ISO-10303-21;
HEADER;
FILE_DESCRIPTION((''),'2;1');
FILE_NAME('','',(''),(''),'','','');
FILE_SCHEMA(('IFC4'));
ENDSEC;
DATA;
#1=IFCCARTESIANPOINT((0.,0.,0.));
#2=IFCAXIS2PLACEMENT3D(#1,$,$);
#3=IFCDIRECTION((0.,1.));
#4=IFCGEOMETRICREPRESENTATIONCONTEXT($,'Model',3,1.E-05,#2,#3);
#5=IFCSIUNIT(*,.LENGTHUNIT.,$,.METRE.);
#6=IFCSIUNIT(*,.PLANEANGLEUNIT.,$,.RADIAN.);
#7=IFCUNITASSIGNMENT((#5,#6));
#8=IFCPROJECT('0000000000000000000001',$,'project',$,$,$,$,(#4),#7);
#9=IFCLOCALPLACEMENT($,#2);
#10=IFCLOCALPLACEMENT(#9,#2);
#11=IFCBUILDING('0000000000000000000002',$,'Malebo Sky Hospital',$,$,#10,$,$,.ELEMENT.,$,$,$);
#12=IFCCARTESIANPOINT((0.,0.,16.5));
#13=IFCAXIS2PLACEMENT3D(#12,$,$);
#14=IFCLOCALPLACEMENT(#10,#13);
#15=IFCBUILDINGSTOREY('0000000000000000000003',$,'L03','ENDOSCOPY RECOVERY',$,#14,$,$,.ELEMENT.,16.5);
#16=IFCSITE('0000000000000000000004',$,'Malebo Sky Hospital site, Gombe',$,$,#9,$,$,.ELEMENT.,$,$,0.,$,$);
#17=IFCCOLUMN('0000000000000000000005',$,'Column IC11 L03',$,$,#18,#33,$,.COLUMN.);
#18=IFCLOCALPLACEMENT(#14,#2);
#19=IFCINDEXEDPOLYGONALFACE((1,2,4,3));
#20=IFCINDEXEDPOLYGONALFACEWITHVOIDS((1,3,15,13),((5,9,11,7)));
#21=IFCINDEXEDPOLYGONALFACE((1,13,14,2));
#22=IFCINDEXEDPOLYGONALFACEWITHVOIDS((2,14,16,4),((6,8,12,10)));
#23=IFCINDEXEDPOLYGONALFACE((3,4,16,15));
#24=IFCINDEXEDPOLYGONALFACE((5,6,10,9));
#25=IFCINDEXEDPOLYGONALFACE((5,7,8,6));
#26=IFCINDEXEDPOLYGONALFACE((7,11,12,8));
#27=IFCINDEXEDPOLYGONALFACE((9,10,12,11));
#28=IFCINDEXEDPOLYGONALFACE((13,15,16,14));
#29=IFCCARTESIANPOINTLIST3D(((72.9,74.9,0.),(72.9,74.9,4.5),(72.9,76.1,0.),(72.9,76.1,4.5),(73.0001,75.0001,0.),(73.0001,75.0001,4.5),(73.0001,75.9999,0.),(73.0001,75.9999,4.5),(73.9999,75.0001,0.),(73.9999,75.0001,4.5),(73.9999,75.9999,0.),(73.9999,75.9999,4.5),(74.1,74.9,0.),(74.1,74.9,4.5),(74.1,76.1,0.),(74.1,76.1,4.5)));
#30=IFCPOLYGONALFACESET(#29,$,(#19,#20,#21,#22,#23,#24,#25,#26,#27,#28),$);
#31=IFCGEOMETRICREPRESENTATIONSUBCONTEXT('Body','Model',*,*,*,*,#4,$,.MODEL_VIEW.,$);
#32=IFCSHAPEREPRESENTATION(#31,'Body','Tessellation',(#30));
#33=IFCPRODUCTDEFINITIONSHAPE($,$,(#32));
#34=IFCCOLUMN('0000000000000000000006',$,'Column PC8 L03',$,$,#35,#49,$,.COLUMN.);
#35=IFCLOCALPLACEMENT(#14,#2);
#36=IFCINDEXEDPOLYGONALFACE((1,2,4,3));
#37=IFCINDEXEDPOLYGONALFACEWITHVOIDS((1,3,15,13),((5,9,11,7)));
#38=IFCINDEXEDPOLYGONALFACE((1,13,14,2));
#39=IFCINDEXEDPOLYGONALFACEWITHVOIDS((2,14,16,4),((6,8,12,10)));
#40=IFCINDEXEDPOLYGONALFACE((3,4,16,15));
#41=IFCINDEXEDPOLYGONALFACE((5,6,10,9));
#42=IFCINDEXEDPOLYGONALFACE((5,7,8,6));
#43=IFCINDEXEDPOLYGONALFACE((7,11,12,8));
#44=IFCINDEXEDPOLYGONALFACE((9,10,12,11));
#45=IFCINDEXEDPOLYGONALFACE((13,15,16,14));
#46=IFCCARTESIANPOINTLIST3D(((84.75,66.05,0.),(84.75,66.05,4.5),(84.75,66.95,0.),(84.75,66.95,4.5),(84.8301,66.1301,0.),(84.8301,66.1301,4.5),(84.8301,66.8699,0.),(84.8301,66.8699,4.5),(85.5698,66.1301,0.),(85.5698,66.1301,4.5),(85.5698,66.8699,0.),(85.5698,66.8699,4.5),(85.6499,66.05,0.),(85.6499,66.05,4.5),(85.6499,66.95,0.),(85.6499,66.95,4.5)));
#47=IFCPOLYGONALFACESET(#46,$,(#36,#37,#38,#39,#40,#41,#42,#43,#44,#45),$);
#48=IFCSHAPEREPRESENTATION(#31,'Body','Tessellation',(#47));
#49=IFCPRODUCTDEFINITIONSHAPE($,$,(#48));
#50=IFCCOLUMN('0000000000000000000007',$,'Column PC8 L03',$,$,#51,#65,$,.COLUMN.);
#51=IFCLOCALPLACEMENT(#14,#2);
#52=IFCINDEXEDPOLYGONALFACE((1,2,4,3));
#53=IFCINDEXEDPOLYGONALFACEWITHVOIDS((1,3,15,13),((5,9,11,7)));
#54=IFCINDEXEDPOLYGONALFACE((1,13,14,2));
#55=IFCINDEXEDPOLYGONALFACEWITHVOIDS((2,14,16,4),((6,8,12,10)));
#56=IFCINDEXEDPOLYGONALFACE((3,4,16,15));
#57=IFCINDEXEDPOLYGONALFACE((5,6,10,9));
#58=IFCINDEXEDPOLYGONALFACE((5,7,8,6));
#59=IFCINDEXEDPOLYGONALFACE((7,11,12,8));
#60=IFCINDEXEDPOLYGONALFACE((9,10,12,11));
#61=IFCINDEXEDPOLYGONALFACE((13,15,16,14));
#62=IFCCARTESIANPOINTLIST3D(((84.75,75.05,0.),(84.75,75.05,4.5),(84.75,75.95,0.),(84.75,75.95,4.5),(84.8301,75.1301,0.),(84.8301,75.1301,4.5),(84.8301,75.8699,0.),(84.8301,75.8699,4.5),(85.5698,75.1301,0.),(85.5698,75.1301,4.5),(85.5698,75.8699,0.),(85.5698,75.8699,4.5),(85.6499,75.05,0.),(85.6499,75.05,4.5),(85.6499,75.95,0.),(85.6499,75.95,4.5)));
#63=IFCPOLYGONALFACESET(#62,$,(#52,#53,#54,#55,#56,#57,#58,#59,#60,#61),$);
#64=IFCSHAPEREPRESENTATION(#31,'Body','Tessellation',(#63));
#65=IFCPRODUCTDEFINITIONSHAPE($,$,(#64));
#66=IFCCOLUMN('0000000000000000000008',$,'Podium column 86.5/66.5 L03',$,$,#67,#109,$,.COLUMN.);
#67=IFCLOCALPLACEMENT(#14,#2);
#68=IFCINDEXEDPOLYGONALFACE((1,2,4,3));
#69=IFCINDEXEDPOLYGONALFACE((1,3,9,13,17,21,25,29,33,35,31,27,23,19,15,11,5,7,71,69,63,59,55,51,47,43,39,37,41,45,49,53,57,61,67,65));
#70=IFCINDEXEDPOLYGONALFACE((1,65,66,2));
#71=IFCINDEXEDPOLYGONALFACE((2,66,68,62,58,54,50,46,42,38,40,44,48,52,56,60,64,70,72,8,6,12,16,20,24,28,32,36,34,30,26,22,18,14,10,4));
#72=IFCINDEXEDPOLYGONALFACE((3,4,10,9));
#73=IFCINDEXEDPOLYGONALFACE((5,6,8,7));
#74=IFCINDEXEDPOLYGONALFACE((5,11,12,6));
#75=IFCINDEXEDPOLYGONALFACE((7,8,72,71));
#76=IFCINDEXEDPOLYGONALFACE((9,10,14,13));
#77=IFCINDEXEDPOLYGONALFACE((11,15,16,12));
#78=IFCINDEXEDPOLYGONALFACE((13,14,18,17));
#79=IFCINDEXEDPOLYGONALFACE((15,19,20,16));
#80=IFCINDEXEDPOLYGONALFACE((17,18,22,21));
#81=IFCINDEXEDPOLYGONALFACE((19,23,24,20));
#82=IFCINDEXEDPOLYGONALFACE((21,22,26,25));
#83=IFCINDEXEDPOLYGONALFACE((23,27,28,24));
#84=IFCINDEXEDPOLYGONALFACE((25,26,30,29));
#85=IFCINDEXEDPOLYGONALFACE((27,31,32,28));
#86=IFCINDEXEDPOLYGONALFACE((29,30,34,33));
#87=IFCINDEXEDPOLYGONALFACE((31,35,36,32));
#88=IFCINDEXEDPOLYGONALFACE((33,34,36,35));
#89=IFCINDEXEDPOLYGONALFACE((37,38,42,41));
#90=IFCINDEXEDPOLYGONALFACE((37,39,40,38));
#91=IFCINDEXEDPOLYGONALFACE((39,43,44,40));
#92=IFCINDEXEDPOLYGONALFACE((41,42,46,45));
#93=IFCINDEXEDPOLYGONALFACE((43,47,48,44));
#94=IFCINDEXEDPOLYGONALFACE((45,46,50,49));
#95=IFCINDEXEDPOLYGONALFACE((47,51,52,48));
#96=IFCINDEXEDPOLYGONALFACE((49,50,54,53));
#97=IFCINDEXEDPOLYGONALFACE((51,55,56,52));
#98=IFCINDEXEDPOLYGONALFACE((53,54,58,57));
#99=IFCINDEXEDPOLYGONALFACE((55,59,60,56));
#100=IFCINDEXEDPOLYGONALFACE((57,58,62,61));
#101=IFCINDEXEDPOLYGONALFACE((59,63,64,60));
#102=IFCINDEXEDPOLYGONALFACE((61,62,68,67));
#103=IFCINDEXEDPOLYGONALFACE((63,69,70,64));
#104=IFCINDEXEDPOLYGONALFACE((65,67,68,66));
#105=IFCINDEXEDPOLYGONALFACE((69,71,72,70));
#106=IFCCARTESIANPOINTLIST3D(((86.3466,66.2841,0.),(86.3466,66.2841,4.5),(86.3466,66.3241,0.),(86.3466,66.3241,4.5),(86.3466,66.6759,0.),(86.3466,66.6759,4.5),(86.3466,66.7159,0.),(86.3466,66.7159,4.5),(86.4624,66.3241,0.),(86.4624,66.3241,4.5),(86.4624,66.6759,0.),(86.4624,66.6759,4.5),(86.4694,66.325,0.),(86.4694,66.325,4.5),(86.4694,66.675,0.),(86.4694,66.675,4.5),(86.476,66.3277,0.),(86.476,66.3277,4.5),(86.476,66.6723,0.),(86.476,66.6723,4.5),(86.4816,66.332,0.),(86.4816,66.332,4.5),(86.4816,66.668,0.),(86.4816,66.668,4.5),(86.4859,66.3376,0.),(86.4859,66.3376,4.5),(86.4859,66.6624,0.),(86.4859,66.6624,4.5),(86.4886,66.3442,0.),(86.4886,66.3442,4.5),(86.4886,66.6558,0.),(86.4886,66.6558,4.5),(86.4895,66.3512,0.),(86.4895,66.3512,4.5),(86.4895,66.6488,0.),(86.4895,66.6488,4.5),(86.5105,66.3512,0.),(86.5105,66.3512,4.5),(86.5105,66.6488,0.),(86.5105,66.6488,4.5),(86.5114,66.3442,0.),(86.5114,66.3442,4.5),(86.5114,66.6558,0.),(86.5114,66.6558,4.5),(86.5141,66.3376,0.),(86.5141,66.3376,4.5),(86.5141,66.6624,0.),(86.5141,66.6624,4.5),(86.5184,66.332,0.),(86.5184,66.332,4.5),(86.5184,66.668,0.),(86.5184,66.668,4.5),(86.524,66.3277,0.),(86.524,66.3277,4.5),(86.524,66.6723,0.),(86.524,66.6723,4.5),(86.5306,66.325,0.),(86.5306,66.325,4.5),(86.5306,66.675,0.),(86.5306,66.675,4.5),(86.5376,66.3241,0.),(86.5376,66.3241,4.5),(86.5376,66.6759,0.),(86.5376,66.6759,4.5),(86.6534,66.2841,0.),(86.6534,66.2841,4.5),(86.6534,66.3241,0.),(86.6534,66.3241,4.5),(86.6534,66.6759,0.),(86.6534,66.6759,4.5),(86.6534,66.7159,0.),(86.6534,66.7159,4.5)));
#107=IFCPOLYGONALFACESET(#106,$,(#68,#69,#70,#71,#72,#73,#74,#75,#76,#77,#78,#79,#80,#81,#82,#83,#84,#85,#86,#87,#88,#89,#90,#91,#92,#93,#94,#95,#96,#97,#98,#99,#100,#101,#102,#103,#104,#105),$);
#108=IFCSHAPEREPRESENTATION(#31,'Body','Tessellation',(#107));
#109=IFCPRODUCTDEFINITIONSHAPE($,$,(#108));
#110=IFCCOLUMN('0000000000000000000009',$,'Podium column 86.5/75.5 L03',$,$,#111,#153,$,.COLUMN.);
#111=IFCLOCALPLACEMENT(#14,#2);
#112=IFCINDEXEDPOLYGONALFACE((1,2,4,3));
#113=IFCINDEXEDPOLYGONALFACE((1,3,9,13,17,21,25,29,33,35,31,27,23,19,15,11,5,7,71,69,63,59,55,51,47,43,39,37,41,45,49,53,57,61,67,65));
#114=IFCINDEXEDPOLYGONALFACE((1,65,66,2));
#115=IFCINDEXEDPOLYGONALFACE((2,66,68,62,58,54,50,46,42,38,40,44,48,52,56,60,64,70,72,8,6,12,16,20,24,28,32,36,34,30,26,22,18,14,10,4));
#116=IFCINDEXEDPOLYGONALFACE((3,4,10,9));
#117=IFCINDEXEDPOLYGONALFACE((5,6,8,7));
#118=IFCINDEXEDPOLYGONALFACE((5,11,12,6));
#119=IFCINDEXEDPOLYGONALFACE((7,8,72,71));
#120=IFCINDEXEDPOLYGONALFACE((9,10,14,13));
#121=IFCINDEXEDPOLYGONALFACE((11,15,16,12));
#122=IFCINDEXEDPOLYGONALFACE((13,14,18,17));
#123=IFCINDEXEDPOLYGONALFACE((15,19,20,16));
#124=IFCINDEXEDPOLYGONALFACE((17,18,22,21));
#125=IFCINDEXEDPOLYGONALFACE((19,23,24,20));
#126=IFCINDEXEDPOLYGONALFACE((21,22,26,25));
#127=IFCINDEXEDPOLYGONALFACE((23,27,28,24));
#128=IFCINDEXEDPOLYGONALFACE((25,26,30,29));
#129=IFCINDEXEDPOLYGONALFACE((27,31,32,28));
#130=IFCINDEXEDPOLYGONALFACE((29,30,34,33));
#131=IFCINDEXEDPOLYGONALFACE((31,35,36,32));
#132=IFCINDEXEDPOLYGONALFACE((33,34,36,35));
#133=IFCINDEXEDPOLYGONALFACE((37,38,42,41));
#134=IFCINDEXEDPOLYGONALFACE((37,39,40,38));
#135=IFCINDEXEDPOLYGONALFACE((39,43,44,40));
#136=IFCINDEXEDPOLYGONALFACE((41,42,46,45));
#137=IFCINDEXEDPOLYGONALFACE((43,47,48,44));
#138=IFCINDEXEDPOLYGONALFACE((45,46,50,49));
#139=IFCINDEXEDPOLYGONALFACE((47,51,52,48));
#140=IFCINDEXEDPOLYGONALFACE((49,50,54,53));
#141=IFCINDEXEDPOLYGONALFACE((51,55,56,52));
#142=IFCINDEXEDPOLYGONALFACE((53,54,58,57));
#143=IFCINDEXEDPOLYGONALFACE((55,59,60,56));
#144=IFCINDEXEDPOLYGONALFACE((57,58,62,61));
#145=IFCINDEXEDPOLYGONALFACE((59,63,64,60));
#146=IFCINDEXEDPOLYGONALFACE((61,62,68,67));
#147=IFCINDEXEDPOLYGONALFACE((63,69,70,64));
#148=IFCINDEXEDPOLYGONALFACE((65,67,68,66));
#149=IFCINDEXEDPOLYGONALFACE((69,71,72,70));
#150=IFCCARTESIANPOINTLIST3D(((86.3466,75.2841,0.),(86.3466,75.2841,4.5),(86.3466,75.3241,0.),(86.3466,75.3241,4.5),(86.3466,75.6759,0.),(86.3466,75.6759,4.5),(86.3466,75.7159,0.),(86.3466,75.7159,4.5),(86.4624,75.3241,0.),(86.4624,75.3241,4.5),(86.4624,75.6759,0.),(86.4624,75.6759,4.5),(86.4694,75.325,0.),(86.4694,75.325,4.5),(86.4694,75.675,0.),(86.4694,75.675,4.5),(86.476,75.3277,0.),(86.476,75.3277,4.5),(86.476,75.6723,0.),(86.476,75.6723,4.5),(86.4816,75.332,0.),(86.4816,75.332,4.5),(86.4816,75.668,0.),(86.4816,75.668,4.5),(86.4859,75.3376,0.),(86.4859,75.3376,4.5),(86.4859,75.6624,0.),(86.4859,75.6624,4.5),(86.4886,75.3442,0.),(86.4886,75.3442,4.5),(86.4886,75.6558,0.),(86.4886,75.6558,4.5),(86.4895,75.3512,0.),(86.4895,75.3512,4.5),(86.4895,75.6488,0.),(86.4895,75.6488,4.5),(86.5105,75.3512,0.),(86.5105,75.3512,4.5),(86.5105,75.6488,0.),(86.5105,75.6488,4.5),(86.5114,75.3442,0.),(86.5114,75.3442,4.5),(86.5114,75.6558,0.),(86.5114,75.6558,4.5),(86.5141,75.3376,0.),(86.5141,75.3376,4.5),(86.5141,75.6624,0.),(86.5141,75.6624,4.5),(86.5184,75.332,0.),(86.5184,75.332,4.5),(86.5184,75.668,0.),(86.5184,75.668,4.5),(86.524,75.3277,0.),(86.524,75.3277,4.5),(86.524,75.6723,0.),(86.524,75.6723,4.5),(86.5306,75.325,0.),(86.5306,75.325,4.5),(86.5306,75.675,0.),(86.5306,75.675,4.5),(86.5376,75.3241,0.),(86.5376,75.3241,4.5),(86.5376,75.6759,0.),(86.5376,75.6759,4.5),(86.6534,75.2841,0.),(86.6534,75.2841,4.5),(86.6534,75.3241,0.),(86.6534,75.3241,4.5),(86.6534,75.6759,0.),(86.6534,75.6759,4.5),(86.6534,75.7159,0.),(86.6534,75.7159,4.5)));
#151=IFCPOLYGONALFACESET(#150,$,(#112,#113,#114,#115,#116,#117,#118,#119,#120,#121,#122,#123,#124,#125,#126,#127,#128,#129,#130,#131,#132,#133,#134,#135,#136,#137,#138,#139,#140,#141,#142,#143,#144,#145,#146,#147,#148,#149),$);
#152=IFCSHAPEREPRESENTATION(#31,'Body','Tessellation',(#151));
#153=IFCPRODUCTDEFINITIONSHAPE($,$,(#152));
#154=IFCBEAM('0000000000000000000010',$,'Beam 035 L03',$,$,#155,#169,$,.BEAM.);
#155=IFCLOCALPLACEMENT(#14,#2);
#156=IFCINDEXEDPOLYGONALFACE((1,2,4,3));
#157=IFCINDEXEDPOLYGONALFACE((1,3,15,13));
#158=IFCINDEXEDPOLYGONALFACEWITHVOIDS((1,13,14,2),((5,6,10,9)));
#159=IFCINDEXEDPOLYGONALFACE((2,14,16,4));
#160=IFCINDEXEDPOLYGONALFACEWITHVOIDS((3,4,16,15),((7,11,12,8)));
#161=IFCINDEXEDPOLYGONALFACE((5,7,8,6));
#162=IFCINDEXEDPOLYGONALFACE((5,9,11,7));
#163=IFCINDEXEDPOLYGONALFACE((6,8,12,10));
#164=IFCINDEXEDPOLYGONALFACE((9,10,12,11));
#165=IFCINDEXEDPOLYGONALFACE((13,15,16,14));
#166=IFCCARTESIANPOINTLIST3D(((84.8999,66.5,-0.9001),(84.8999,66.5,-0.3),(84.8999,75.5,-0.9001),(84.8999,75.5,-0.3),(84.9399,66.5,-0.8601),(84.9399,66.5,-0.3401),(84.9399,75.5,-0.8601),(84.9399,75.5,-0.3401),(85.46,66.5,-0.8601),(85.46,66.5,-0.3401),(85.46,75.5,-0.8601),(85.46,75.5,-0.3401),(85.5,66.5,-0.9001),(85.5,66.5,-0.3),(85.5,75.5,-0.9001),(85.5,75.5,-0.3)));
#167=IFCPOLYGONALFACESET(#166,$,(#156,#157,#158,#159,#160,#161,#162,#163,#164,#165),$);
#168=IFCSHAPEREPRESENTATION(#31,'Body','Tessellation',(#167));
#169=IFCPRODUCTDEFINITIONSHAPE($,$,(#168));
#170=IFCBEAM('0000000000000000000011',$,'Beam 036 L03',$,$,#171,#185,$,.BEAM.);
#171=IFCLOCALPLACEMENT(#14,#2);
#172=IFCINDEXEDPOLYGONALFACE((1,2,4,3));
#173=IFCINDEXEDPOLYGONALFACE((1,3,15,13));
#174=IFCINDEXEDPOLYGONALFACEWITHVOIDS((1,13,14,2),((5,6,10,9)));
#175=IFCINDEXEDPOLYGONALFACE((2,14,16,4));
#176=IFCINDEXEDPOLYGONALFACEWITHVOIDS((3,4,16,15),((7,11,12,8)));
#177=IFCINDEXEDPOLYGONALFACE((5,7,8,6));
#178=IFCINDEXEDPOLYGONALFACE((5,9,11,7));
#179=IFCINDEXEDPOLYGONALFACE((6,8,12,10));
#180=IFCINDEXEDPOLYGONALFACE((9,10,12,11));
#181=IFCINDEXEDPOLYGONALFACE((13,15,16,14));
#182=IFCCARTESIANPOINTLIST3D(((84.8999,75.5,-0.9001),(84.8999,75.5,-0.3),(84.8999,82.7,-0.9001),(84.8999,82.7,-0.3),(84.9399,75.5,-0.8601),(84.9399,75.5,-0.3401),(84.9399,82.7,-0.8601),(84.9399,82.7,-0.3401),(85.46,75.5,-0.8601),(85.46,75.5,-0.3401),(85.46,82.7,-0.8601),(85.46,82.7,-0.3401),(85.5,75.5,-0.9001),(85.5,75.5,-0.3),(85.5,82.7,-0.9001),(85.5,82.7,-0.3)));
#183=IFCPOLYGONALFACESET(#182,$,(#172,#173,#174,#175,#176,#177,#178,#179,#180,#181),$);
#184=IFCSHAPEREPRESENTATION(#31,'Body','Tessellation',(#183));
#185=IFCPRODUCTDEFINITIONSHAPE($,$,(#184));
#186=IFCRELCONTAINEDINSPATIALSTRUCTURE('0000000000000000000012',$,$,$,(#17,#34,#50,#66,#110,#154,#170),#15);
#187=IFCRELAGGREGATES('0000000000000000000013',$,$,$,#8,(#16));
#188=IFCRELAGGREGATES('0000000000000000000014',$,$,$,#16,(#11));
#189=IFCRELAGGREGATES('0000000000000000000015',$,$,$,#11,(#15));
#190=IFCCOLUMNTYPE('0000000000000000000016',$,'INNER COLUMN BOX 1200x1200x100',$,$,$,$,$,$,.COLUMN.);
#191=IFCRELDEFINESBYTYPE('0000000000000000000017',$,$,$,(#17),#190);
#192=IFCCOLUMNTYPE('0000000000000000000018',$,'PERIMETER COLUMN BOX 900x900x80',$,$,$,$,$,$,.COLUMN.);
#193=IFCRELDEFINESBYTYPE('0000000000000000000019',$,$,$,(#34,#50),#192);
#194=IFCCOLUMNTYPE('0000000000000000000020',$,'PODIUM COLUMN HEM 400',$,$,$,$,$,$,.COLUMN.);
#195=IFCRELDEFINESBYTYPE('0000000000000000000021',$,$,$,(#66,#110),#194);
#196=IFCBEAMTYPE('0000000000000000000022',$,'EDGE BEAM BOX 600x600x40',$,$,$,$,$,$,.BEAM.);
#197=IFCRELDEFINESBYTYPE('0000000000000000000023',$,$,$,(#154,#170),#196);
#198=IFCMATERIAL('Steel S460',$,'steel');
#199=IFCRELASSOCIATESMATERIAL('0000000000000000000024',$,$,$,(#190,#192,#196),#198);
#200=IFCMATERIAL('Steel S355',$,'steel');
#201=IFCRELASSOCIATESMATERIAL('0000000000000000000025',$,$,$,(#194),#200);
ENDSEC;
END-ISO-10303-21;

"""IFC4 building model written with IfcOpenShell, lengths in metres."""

from ifc_helpers import new_model, si_unit, direction, frame, origin, origin_2d, place, context, subcontext, project, spatial, hollow_rectangle, i_section, extrude, material, material_profile, profile_set, type_object, element, save


model = new_model("IFC4")

# Units and contexts
model_context = context("Model", 3, precision=1e-05, world=origin(), true_north=direction((0.0, 1.0)))
body_context = subcontext(model_context, "Body", "Model", "MODEL_VIEW")
ifc_project = project(units=[si_unit("LENGTHUNIT", "METRE"), si_unit("PLANEANGLEUNIT", "RADIAN")], contexts=[model_context])

# Site, building, storey
site_placement = place(None, origin())
site = spatial("IfcSite", under=ifc_project, at=site_placement, Name="Malebo Sky Hospital site, Gombe", CompositionType="ELEMENT", RefElevation=0.0)
building_placement = place(site_placement, origin())
building = spatial("IfcBuilding", under=site, at=building_placement, Name="Malebo Sky Hospital", CompositionType="ELEMENT")
storey_placement = place(building_placement, frame((0.0, 0.0, 16.5)))
storey = spatial("IfcBuildingStorey", under=building, at=storey_placement, Name="L03", Description="ENDOSCOPY RECOVERY", CompositionType="ELEMENT", Elevation=16.5)

# Columns
ifc_material_1 = material(Name="Steel S460", Category="steel")
ifc_material_profile_1 = material_profile(ifc_material_1, hollow_rectangle(XDim=1.2, YDim=1.2, WallThickness=0.1001, at=origin_2d()), Name="BOX 1200x1200x100")
ifc_profile_set_1 = profile_set([ifc_material_profile_1], Name="Steel S460")
column_type_1 = type_object("IfcColumnType", Name="INNER COLUMN BOX 1200x1200x100", PredefinedType="COLUMN", material=ifc_profile_set_1)
column_placement = place(storey_placement, frame((73.5, 75.5, 0.0), z_axis=(0.0, 0.0, 1.0), x_axis=(1.0, 0.0, 0.0)))
element("IfcColumn", 1, at=column_placement, inside=storey, type_object=column_type_1, Name="Column IC11 L03", PredefinedType="COLUMN", context=body_context, shape_type="SweptSolid", body=[
    extrude(hollow_rectangle(XDim=1.2, YDim=1.2, WallThickness=0.1001, at=origin_2d()), origin(), (0.0, 0.0, 1.0), 4.5),
])
ifc_material_profile_2 = material_profile(ifc_material_1, hollow_rectangle(XDim=0.8999, YDim=0.8999, WallThickness=0.0801, at=origin_2d()), Name="BOX 900x900x80")
ifc_profile_set_2 = profile_set([ifc_material_profile_2], Name="Steel S460")
column_type_2 = type_object("IfcColumnType", Name="PERIMETER COLUMN BOX 900x900x80", PredefinedType="COLUMN", material=ifc_profile_set_2)
for number, where, z_axis, x_axis, name in (
    (2, (85.2, 66.5, 0.0), (0.0, 0.0, 1.0), (1.0, 0.0, 0.0), "Column PC8 L03"),
    (3, (85.2, 75.5, 0.0), (0.0, 0.0, 1.0), (1.0, 0.0, 0.0), "Column PC8 L03"),
):
    element("IfcColumn", number, at=place(storey_placement, frame(where, z_axis=z_axis, x_axis=x_axis)), inside=storey, type_object=column_type_2, Name=name, PredefinedType="COLUMN", context=body_context, shape_type="SweptSolid", body=[
        extrude(hollow_rectangle(XDim=0.8999, YDim=0.8999, WallThickness=0.0801, at=origin_2d()), origin(), (0.0, 0.0, 1.0), 4.5),
    ])
ifc_material_2 = material(Name="Steel S355", Category="steel")
ifc_material_profile_3 = material_profile(ifc_material_2, i_section(OverallWidth=0.3069, OverallDepth=0.4319, WebThickness=0.021, FlangeThickness=0.04, FilletRadius=0.0271, at=origin_2d()), Name="HEM 400")
ifc_profile_set_3 = profile_set([ifc_material_profile_3], Name="Steel S355")
column_type_3 = type_object("IfcColumnType", Name="PODIUM COLUMN HEM 400", PredefinedType="COLUMN", material=ifc_profile_set_3)
for number, where, z_axis, x_axis, name in (
    (4, (86.5, 66.5, 0.0), (0.0, 0.0, 1.0), (1.0, 0.0, 0.0), "Podium column 86.5/66.5 L03"),
    (5, (86.5, 75.5, 0.0), (0.0, 0.0, 1.0), (1.0, 0.0, 0.0), "Podium column 86.5/75.5 L03"),
):
    element("IfcColumn", number, at=place(storey_placement, frame(where, z_axis=z_axis, x_axis=x_axis)), inside=storey, type_object=column_type_3, Name=name, PredefinedType="COLUMN", context=body_context, shape_type="SweptSolid", body=[
        extrude(i_section(OverallWidth=0.3069, OverallDepth=0.4319, WebThickness=0.021, FlangeThickness=0.04, FilletRadius=0.0271, at=origin_2d()), origin(), (0.0, 0.0, 1.0), 4.5),
    ])

# Beams
ifc_material_profile_4 = material_profile(ifc_material_1, hollow_rectangle(XDim=0.6001, YDim=0.6001, WallThickness=0.04, at=origin_2d()), Name="BOX 600x600x40")
ifc_profile_set_4 = profile_set([ifc_material_profile_4], Name="Steel S460")
beam_type_1 = type_object("IfcBeamType", Name="EDGE BEAM BOX 600x600x40", PredefinedType="BEAM", material=ifc_profile_set_4)
beam_1_placement = place(storey_placement, frame((85.2, 66.5, -0.6001), z_axis=(0.0, 1.0, 0.0), x_axis=(-1.0, 0.0, 0.0)))
element("IfcBeam", 6, at=beam_1_placement, inside=storey, type_object=beam_type_1, Name="Beam 035 L03", PredefinedType="BEAM", context=body_context, shape_type="SweptSolid", body=[
    extrude(hollow_rectangle(XDim=0.6001, YDim=0.6001, WallThickness=0.04, at=origin_2d()), origin(), (0.0, 0.0, 1.0), 9.0),
])
beam_2_placement = place(storey_placement, frame((85.2, 75.5, -0.6001), z_axis=(0.0, 1.0, 0.0), x_axis=(-1.0, 0.0, 0.0)))
element("IfcBeam", 7, at=beam_2_placement, inside=storey, type_object=beam_type_1, Name="Beam 036 L03", PredefinedType="BEAM", context=body_context, shape_type="SweptSolid", body=[
    extrude(hollow_rectangle(XDim=0.6001, YDim=0.6001, WallThickness=0.04, at=origin_2d()), origin(), (0.0, 0.0, 1.0), 7.2),
])

save(model, "model.ifc")
